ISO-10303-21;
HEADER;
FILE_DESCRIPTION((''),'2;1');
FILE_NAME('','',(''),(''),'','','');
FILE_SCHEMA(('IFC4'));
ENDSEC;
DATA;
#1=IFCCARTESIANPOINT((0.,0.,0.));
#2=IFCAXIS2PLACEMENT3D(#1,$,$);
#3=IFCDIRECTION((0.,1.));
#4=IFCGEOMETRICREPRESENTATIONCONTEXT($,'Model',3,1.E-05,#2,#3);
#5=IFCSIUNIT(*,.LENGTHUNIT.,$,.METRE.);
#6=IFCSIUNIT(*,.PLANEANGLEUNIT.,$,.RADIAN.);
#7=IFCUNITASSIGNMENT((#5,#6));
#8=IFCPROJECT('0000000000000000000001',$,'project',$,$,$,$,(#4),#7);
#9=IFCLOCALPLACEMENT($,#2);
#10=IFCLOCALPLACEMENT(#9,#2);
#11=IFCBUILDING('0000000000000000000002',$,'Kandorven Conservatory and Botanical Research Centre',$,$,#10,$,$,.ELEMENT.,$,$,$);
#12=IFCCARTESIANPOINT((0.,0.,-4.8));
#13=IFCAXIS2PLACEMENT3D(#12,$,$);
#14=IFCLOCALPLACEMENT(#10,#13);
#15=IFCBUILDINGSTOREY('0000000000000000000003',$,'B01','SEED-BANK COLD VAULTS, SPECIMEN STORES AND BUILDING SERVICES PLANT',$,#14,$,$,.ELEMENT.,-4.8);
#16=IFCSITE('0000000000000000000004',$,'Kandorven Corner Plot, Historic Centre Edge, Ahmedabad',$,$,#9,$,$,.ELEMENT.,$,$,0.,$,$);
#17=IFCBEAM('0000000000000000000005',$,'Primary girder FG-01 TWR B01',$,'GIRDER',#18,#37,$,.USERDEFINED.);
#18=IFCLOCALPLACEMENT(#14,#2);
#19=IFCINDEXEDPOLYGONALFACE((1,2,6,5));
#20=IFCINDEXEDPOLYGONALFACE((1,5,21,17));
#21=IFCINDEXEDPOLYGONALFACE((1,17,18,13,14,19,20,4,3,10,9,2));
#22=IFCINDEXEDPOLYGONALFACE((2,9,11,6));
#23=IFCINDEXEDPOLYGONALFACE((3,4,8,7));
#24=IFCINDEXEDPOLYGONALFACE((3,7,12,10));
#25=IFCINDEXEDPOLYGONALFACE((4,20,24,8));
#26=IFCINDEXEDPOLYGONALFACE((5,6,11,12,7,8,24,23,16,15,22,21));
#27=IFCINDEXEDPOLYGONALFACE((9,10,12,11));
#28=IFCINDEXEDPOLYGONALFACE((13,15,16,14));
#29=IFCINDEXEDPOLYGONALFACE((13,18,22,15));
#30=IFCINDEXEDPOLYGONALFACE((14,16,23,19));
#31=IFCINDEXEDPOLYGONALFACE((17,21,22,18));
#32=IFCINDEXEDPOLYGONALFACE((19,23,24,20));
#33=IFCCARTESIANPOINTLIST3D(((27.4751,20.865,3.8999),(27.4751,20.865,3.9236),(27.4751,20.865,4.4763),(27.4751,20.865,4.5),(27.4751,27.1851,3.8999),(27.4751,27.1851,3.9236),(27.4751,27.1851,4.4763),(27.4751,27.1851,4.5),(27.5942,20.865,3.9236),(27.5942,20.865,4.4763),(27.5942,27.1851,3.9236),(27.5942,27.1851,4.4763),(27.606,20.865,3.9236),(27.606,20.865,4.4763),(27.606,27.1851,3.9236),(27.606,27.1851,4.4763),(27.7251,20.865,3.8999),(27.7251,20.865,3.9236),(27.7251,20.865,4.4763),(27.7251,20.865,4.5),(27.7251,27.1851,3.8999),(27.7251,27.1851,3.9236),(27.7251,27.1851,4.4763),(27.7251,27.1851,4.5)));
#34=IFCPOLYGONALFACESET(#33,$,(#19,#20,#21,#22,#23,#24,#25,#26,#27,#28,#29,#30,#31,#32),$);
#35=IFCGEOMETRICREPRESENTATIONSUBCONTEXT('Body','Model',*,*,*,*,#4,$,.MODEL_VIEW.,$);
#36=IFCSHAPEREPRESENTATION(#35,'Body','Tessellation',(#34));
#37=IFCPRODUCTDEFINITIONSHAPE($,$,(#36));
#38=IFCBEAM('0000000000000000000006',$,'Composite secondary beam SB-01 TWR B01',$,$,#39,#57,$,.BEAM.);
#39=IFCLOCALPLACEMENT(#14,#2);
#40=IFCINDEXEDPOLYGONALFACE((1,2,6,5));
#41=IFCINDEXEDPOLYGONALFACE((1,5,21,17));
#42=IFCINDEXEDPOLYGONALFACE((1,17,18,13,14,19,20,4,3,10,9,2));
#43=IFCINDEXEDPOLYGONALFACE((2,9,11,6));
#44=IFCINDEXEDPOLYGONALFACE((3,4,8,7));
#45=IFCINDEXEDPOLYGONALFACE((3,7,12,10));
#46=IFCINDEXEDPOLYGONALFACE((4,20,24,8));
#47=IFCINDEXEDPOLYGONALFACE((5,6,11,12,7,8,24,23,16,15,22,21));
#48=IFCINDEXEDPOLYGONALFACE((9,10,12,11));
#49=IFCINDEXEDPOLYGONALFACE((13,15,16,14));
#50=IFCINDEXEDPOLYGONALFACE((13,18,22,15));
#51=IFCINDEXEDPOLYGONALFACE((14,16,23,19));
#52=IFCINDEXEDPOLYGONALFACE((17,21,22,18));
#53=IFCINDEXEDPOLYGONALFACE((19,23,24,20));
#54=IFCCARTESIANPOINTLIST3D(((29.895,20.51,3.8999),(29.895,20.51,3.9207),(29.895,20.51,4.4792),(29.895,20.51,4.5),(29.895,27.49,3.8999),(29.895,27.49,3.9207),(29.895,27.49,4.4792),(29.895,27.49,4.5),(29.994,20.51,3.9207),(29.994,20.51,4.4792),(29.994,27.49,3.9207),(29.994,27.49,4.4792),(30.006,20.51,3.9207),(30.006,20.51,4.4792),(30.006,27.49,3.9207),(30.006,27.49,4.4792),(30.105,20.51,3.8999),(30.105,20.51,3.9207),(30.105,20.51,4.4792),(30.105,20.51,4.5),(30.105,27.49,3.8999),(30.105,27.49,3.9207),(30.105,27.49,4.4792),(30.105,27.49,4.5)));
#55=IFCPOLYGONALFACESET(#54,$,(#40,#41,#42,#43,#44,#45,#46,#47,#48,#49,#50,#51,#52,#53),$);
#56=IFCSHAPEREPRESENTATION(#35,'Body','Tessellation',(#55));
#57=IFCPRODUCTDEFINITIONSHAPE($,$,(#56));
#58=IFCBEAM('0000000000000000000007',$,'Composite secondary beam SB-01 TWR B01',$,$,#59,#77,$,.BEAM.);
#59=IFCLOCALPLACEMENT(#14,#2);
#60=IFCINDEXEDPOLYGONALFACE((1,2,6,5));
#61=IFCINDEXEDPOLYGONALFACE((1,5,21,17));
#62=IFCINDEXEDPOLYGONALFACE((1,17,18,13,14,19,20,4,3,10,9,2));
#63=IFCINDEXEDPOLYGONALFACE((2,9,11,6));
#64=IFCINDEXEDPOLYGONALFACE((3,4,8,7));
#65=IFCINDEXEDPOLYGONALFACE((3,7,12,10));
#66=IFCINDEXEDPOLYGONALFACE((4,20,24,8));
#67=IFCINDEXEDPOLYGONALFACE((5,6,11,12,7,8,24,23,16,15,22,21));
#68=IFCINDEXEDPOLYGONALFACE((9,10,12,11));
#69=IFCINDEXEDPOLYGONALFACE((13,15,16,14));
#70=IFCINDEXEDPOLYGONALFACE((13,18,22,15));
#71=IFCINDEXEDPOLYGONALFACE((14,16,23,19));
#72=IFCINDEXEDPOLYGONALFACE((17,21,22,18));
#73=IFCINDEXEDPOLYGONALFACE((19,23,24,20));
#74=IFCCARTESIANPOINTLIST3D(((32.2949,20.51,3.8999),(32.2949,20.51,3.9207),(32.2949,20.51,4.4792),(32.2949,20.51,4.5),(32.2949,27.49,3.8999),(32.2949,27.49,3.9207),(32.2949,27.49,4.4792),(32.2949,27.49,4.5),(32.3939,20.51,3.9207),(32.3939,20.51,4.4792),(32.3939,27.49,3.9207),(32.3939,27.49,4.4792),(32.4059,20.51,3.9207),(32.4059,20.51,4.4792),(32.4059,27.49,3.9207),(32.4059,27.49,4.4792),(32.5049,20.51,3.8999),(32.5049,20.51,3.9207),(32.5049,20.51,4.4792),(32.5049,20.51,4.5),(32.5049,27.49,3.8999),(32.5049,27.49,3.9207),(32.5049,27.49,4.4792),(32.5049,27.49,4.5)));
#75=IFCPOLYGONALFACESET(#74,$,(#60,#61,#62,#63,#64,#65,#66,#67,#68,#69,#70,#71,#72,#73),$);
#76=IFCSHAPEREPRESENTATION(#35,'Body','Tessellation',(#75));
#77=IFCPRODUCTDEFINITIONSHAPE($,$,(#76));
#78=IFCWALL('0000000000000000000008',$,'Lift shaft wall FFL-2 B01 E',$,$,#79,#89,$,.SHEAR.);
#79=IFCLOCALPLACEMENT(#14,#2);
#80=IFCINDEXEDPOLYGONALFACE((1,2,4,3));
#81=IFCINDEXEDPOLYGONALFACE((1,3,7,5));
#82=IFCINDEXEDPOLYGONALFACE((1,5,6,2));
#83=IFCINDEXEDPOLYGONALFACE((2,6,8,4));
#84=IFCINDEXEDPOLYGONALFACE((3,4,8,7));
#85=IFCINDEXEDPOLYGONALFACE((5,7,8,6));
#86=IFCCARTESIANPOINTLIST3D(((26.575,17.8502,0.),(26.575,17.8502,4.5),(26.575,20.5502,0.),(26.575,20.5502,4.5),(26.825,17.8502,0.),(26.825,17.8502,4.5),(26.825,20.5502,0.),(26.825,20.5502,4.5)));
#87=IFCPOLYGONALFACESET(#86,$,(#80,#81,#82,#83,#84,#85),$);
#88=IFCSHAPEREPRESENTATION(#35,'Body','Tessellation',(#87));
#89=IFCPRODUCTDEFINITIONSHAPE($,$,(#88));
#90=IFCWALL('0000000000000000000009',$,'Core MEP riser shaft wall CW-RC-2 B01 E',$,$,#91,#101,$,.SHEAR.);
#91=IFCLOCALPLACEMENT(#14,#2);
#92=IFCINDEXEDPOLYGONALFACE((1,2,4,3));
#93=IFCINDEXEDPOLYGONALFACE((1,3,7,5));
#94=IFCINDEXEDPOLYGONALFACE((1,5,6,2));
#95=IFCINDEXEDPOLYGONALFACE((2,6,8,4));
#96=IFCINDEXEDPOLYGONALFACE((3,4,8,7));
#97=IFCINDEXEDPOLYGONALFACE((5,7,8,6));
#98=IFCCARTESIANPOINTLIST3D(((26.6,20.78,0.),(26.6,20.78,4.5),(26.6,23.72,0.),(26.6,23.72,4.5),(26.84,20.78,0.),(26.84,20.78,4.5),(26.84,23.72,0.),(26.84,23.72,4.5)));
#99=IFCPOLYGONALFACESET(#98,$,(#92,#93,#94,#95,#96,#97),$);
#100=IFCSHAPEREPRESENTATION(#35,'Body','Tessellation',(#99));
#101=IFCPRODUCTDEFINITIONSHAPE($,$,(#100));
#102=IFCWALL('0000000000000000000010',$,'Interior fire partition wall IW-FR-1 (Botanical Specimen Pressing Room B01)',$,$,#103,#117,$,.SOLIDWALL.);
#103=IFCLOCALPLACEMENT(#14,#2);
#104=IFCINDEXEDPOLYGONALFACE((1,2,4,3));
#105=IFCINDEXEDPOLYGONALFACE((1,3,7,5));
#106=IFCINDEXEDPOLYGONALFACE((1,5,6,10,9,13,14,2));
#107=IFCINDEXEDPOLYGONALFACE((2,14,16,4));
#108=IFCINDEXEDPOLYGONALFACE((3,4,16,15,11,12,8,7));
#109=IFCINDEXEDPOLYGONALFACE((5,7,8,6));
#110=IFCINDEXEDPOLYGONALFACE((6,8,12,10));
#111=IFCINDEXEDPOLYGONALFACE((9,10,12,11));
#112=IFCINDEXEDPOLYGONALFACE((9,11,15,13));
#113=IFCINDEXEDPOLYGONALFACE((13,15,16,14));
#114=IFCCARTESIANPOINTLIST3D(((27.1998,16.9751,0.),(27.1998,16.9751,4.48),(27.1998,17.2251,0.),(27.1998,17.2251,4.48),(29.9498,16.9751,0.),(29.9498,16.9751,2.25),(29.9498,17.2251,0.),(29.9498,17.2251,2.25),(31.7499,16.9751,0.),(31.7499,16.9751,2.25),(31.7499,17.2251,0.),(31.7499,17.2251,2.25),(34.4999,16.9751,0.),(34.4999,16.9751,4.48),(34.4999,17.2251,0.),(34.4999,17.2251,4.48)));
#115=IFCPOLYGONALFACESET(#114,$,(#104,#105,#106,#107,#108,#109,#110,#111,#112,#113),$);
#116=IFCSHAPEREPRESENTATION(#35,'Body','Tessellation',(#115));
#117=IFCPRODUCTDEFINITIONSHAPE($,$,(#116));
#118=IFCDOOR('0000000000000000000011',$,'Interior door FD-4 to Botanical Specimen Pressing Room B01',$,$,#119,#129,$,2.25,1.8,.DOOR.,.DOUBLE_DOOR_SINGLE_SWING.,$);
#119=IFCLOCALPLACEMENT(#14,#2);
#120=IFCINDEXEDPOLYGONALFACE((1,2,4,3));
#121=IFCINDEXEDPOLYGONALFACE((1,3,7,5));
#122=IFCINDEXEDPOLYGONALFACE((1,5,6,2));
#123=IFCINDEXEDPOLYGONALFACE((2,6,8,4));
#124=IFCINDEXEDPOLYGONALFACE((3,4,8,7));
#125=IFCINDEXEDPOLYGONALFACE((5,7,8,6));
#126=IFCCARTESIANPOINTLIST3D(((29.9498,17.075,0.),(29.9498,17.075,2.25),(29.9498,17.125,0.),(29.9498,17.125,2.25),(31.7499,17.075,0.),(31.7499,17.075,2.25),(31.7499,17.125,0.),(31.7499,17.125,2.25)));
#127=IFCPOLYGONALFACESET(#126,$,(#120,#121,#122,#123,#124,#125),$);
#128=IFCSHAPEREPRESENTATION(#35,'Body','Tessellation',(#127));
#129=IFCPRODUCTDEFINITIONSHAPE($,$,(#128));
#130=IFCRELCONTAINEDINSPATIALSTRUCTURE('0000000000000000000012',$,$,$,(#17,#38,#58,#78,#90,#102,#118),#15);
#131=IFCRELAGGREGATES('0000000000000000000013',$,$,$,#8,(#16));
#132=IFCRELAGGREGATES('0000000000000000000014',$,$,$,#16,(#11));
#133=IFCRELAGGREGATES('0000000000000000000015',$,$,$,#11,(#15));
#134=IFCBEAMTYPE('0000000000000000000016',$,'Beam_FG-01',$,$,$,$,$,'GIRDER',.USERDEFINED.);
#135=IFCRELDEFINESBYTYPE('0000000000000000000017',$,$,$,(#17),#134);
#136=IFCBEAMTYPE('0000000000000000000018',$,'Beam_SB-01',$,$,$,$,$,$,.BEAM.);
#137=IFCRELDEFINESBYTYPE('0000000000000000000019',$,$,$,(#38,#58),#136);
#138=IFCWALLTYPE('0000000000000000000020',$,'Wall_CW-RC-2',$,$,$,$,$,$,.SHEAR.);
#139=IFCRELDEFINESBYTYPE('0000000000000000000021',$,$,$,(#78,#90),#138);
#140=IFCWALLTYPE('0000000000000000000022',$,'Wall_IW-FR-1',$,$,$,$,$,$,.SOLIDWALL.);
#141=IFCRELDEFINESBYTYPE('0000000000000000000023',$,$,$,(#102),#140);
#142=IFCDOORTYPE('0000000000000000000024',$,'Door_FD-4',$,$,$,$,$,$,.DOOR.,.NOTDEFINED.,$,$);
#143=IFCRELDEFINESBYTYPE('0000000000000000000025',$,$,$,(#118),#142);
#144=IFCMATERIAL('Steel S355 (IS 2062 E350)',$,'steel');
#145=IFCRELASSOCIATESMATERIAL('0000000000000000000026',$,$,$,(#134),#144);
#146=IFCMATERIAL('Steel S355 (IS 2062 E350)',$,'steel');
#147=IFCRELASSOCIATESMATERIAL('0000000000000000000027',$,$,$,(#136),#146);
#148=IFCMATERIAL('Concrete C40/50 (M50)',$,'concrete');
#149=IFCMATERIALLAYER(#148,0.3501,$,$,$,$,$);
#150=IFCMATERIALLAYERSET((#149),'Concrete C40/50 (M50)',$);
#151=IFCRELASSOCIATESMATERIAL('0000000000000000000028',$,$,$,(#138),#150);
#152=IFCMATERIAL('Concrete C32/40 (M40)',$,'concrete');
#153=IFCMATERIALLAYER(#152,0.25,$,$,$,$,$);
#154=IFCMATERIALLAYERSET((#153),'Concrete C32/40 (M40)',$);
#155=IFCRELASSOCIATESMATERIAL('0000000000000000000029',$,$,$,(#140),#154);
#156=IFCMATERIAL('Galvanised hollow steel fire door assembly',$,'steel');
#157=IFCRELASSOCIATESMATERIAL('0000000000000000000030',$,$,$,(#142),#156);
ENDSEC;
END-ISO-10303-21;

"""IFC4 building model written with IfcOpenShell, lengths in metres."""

from ifc_helpers import new_model, si_unit, direction, frame, frame_2d, origin, origin_2d, place, context, subcontext, project, spatial, rectangle, i_section, extrude, material, layer, layer_set, material_profile, profile_set, type_object, element, fill, save


model = new_model("IFC4")

# Units and contexts
model_context = context("Model", 3, precision=1e-05, world=origin(), true_north=direction((0.0, 1.0)))
body_context = subcontext(model_context, "Body", "Model", "MODEL_VIEW")
ifc_project = project(units=[si_unit("LENGTHUNIT", "METRE"), si_unit("PLANEANGLEUNIT", "RADIAN")], contexts=[model_context])

# Site, building, storey
site_placement = place(None, origin())
site = spatial("IfcSite", under=ifc_project, at=site_placement, Name="Kandorven Corner Plot, Historic Centre Edge, Ahmedabad", CompositionType="ELEMENT", RefElevation=0.0)
building_placement = place(site_placement, origin())
building = spatial("IfcBuilding", under=site, at=building_placement, Name="Kandorven Conservatory and Botanical Research Centre", CompositionType="ELEMENT")
storey_placement = place(building_placement, frame((0.0, 0.0, -4.8)))
storey = spatial("IfcBuildingStorey", under=building, at=storey_placement, Name="B01", Description="SEED-BANK COLD VAULTS, SPECIMEN STORES AND BUILDING SERVICES PLANT", CompositionType="ELEMENT", Elevation=-4.8)

# Beams
ifc_material_1 = material(Name="Steel S355 (IS 2062 E350)", Category="steel")
ifc_material_profile_1 = material_profile(ifc_material_1, i_section(OverallWidth=0.25, OverallDepth=0.6001, WebThickness=0.0117, FlangeThickness=0.0237, at=origin_2d()))
ifc_profile_set_1 = profile_set([ifc_material_profile_1], Name="Steel S355 (IS 2062 E350)")
beam_type_1 = type_object("IfcBeamType", Name="Beam_FG-01", ElementType="GIRDER", PredefinedType="USERDEFINED", material=ifc_profile_set_1)
for number, where, z_axis, x_axis, name in (
    (1, (27.6001, 20.865, 4.2), (0.0, 1.0, 0.0), (-1.0, 0.0, 0.0), "Primary girder FG-01 TWR B01"),
):
    element("IfcBeam", number, at=place(storey_placement, frame(where, z_axis=z_axis, x_axis=x_axis)), inside=storey, type_object=beam_type_1, Name=name, ObjectType="GIRDER", PredefinedType="USERDEFINED", context=body_context, shape_type="SweptSolid", body=[
        extrude(i_section(OverallWidth=0.25, OverallDepth=0.6001, WebThickness=0.0117, FlangeThickness=0.0237, at=origin_2d()), origin(), (0.0, 0.0, 1.0), 6.3201),
    ])
ifc_material_2 = material(Name="Steel S355 (IS 2062 E350)", Category="steel")
ifc_material_profile_2 = material_profile(ifc_material_2, i_section(OverallWidth=0.21, OverallDepth=0.6001, WebThickness=0.012, FlangeThickness=0.0208, at=origin_2d()))
ifc_profile_set_2 = profile_set([ifc_material_profile_2], Name="Steel S355 (IS 2062 E350)")
beam_type_2 = type_object("IfcBeamType", Name="Beam_SB-01", PredefinedType="BEAM", material=ifc_profile_set_2)
for number, where, z_axis, x_axis, name in (
    (2, (30.0, 20.51, 4.2), (0.0, 1.0, 0.0), (-1.0, 0.0, 0.0), "Composite secondary beam SB-01 TWR B01"),
    (3, (32.3999, 20.51, 4.2), (0.0, 1.0, 0.0), (-1.0, 0.0, 0.0), "Composite secondary beam SB-01 TWR B01"),
):
    element("IfcBeam", number, at=place(storey_placement, frame(where, z_axis=z_axis, x_axis=x_axis)), inside=storey, type_object=beam_type_2, Name=name, PredefinedType="BEAM", context=body_context, shape_type="SweptSolid", body=[
        extrude(i_section(OverallWidth=0.21, OverallDepth=0.6001, WebThickness=0.012, FlangeThickness=0.0208, at=origin_2d()), origin(), (0.0, 0.0, 1.0), 6.98),
    ])

# Walls
ifc_material_3 = material(Name="Concrete C40/50 (M50)", Category="concrete")
ifc_layer_1 = layer(ifc_material_3, 0.3501)
ifc_layer_set_1 = layer_set([ifc_layer_1], Name="Concrete C40/50 (M50)")
wall_type_1 = type_object("IfcWallType", Name="Wall_CW-RC-2", PredefinedType="SHEAR", material=ifc_layer_set_1)
wall_1_placement = place(storey_placement, frame((26.7, 17.8501, 0.0), z_axis=(0.0, 0.0, 1.0), x_axis=(0.0, 1.0, 0.0)))
element("IfcWall", 4, at=wall_1_placement, inside=storey, type_object=wall_type_1, Name="Lift shaft wall FFL-2 B01 E", PredefinedType="SHEAR", context=body_context, shape_type="SweptSolid", body=[
    extrude(rectangle(XDim=2.7, YDim=0.25, at=frame_2d((1.3501, 0.0))), origin(), (0.0, 0.0, 1.0), 4.5),
])
wall_2_placement = place(storey_placement, frame((26.72, 20.78, 0.0), z_axis=(0.0, 0.0, 1.0), x_axis=(0.0, 1.0, 0.0)))
element("IfcWall", 5, at=wall_2_placement, inside=storey, type_object=wall_type_1, Name="Core MEP riser shaft wall CW-RC-2 B01 E", PredefinedType="SHEAR", context=body_context, shape_type="SweptSolid", body=[
    extrude(rectangle(XDim=2.9399, YDim=0.24, at=frame_2d((1.47, 0.0))), origin(), (0.0, 0.0, 1.0), 4.5),
])

# Wall, opening, door
ifc_material_4 = material(Name="Concrete C32/40 (M40)", Category="concrete")
ifc_layer_2 = layer(ifc_material_4, 0.25)
ifc_layer_set_2 = layer_set([ifc_layer_2], Name="Concrete C32/40 (M40)")
wall_type_2 = type_object("IfcWallType", Name="Wall_IW-FR-1", PredefinedType="SOLIDWALL", material=ifc_layer_set_2)
wall_3_placement = place(storey_placement, frame((27.2, 17.1001, 0.0), z_axis=(0.0, 0.0, 1.0), x_axis=(1.0, 0.0, 0.0)))
wall_3 = element("IfcWall", 6, at=wall_3_placement, inside=storey, type_object=wall_type_2, Name="Interior fire partition wall IW-FR-1 (Botanical Specimen Pressing Room B01)", PredefinedType="SOLIDWALL", context=body_context, shape_type="SweptSolid", body=[
    extrude(rectangle(XDim=7.3, YDim=0.25, at=frame_2d((3.6499, 0.0))), origin(), (0.0, 0.0, 1.0), 4.48),
])
opening_placement = place(wall_3_placement, frame((2.75, 0.0, 0.0)))
opening = element("IfcOpeningElement", 7, at=opening_placement, cuts=wall_3, PredefinedType="OPENING", context=body_context, shape_type="SweptSolid", body=[
    extrude(rectangle(XDim=1.8, YDim=2.25, at=frame_2d((0.8999, 1.125))), frame((0.0, 0.135, 0.0), z_axis=(0.0, -1.0, 0.0), x_axis=(1.0, 0.0, 0.0)), (0.0, 0.0, 1.0), 0.27),
])
ifc_material_5 = material(Name="Galvanised hollow steel fire door assembly", Category="steel")
door_type = type_object("IfcDoorType", Name="Door_FD-4", OperationType="NOTDEFINED", PredefinedType="DOOR", material=ifc_material_5)
door_placement = place(opening_placement, origin())
door = element("IfcDoor", 8, at=door_placement, inside=storey, type_object=door_type, Name="Interior door FD-4 to Botanical Specimen Pressing Room B01", OperationType="DOUBLE_DOOR_SINGLE_SWING", OverallHeight=2.25, OverallWidth=1.8, PredefinedType="DOOR", context=body_context, shape_type="SweptSolid", body=[
    extrude(rectangle(XDim=1.8, YDim=2.25, at=frame_2d((0.8999, 1.125))), frame((0.0, 0.0249, 0.0), z_axis=(0.0, -1.0, 0.0), x_axis=(1.0, 0.0, 0.0)), (0.0, 0.0, 1.0), 0.05),
])
fill(opening, door)

save(model, "model.ifc")
